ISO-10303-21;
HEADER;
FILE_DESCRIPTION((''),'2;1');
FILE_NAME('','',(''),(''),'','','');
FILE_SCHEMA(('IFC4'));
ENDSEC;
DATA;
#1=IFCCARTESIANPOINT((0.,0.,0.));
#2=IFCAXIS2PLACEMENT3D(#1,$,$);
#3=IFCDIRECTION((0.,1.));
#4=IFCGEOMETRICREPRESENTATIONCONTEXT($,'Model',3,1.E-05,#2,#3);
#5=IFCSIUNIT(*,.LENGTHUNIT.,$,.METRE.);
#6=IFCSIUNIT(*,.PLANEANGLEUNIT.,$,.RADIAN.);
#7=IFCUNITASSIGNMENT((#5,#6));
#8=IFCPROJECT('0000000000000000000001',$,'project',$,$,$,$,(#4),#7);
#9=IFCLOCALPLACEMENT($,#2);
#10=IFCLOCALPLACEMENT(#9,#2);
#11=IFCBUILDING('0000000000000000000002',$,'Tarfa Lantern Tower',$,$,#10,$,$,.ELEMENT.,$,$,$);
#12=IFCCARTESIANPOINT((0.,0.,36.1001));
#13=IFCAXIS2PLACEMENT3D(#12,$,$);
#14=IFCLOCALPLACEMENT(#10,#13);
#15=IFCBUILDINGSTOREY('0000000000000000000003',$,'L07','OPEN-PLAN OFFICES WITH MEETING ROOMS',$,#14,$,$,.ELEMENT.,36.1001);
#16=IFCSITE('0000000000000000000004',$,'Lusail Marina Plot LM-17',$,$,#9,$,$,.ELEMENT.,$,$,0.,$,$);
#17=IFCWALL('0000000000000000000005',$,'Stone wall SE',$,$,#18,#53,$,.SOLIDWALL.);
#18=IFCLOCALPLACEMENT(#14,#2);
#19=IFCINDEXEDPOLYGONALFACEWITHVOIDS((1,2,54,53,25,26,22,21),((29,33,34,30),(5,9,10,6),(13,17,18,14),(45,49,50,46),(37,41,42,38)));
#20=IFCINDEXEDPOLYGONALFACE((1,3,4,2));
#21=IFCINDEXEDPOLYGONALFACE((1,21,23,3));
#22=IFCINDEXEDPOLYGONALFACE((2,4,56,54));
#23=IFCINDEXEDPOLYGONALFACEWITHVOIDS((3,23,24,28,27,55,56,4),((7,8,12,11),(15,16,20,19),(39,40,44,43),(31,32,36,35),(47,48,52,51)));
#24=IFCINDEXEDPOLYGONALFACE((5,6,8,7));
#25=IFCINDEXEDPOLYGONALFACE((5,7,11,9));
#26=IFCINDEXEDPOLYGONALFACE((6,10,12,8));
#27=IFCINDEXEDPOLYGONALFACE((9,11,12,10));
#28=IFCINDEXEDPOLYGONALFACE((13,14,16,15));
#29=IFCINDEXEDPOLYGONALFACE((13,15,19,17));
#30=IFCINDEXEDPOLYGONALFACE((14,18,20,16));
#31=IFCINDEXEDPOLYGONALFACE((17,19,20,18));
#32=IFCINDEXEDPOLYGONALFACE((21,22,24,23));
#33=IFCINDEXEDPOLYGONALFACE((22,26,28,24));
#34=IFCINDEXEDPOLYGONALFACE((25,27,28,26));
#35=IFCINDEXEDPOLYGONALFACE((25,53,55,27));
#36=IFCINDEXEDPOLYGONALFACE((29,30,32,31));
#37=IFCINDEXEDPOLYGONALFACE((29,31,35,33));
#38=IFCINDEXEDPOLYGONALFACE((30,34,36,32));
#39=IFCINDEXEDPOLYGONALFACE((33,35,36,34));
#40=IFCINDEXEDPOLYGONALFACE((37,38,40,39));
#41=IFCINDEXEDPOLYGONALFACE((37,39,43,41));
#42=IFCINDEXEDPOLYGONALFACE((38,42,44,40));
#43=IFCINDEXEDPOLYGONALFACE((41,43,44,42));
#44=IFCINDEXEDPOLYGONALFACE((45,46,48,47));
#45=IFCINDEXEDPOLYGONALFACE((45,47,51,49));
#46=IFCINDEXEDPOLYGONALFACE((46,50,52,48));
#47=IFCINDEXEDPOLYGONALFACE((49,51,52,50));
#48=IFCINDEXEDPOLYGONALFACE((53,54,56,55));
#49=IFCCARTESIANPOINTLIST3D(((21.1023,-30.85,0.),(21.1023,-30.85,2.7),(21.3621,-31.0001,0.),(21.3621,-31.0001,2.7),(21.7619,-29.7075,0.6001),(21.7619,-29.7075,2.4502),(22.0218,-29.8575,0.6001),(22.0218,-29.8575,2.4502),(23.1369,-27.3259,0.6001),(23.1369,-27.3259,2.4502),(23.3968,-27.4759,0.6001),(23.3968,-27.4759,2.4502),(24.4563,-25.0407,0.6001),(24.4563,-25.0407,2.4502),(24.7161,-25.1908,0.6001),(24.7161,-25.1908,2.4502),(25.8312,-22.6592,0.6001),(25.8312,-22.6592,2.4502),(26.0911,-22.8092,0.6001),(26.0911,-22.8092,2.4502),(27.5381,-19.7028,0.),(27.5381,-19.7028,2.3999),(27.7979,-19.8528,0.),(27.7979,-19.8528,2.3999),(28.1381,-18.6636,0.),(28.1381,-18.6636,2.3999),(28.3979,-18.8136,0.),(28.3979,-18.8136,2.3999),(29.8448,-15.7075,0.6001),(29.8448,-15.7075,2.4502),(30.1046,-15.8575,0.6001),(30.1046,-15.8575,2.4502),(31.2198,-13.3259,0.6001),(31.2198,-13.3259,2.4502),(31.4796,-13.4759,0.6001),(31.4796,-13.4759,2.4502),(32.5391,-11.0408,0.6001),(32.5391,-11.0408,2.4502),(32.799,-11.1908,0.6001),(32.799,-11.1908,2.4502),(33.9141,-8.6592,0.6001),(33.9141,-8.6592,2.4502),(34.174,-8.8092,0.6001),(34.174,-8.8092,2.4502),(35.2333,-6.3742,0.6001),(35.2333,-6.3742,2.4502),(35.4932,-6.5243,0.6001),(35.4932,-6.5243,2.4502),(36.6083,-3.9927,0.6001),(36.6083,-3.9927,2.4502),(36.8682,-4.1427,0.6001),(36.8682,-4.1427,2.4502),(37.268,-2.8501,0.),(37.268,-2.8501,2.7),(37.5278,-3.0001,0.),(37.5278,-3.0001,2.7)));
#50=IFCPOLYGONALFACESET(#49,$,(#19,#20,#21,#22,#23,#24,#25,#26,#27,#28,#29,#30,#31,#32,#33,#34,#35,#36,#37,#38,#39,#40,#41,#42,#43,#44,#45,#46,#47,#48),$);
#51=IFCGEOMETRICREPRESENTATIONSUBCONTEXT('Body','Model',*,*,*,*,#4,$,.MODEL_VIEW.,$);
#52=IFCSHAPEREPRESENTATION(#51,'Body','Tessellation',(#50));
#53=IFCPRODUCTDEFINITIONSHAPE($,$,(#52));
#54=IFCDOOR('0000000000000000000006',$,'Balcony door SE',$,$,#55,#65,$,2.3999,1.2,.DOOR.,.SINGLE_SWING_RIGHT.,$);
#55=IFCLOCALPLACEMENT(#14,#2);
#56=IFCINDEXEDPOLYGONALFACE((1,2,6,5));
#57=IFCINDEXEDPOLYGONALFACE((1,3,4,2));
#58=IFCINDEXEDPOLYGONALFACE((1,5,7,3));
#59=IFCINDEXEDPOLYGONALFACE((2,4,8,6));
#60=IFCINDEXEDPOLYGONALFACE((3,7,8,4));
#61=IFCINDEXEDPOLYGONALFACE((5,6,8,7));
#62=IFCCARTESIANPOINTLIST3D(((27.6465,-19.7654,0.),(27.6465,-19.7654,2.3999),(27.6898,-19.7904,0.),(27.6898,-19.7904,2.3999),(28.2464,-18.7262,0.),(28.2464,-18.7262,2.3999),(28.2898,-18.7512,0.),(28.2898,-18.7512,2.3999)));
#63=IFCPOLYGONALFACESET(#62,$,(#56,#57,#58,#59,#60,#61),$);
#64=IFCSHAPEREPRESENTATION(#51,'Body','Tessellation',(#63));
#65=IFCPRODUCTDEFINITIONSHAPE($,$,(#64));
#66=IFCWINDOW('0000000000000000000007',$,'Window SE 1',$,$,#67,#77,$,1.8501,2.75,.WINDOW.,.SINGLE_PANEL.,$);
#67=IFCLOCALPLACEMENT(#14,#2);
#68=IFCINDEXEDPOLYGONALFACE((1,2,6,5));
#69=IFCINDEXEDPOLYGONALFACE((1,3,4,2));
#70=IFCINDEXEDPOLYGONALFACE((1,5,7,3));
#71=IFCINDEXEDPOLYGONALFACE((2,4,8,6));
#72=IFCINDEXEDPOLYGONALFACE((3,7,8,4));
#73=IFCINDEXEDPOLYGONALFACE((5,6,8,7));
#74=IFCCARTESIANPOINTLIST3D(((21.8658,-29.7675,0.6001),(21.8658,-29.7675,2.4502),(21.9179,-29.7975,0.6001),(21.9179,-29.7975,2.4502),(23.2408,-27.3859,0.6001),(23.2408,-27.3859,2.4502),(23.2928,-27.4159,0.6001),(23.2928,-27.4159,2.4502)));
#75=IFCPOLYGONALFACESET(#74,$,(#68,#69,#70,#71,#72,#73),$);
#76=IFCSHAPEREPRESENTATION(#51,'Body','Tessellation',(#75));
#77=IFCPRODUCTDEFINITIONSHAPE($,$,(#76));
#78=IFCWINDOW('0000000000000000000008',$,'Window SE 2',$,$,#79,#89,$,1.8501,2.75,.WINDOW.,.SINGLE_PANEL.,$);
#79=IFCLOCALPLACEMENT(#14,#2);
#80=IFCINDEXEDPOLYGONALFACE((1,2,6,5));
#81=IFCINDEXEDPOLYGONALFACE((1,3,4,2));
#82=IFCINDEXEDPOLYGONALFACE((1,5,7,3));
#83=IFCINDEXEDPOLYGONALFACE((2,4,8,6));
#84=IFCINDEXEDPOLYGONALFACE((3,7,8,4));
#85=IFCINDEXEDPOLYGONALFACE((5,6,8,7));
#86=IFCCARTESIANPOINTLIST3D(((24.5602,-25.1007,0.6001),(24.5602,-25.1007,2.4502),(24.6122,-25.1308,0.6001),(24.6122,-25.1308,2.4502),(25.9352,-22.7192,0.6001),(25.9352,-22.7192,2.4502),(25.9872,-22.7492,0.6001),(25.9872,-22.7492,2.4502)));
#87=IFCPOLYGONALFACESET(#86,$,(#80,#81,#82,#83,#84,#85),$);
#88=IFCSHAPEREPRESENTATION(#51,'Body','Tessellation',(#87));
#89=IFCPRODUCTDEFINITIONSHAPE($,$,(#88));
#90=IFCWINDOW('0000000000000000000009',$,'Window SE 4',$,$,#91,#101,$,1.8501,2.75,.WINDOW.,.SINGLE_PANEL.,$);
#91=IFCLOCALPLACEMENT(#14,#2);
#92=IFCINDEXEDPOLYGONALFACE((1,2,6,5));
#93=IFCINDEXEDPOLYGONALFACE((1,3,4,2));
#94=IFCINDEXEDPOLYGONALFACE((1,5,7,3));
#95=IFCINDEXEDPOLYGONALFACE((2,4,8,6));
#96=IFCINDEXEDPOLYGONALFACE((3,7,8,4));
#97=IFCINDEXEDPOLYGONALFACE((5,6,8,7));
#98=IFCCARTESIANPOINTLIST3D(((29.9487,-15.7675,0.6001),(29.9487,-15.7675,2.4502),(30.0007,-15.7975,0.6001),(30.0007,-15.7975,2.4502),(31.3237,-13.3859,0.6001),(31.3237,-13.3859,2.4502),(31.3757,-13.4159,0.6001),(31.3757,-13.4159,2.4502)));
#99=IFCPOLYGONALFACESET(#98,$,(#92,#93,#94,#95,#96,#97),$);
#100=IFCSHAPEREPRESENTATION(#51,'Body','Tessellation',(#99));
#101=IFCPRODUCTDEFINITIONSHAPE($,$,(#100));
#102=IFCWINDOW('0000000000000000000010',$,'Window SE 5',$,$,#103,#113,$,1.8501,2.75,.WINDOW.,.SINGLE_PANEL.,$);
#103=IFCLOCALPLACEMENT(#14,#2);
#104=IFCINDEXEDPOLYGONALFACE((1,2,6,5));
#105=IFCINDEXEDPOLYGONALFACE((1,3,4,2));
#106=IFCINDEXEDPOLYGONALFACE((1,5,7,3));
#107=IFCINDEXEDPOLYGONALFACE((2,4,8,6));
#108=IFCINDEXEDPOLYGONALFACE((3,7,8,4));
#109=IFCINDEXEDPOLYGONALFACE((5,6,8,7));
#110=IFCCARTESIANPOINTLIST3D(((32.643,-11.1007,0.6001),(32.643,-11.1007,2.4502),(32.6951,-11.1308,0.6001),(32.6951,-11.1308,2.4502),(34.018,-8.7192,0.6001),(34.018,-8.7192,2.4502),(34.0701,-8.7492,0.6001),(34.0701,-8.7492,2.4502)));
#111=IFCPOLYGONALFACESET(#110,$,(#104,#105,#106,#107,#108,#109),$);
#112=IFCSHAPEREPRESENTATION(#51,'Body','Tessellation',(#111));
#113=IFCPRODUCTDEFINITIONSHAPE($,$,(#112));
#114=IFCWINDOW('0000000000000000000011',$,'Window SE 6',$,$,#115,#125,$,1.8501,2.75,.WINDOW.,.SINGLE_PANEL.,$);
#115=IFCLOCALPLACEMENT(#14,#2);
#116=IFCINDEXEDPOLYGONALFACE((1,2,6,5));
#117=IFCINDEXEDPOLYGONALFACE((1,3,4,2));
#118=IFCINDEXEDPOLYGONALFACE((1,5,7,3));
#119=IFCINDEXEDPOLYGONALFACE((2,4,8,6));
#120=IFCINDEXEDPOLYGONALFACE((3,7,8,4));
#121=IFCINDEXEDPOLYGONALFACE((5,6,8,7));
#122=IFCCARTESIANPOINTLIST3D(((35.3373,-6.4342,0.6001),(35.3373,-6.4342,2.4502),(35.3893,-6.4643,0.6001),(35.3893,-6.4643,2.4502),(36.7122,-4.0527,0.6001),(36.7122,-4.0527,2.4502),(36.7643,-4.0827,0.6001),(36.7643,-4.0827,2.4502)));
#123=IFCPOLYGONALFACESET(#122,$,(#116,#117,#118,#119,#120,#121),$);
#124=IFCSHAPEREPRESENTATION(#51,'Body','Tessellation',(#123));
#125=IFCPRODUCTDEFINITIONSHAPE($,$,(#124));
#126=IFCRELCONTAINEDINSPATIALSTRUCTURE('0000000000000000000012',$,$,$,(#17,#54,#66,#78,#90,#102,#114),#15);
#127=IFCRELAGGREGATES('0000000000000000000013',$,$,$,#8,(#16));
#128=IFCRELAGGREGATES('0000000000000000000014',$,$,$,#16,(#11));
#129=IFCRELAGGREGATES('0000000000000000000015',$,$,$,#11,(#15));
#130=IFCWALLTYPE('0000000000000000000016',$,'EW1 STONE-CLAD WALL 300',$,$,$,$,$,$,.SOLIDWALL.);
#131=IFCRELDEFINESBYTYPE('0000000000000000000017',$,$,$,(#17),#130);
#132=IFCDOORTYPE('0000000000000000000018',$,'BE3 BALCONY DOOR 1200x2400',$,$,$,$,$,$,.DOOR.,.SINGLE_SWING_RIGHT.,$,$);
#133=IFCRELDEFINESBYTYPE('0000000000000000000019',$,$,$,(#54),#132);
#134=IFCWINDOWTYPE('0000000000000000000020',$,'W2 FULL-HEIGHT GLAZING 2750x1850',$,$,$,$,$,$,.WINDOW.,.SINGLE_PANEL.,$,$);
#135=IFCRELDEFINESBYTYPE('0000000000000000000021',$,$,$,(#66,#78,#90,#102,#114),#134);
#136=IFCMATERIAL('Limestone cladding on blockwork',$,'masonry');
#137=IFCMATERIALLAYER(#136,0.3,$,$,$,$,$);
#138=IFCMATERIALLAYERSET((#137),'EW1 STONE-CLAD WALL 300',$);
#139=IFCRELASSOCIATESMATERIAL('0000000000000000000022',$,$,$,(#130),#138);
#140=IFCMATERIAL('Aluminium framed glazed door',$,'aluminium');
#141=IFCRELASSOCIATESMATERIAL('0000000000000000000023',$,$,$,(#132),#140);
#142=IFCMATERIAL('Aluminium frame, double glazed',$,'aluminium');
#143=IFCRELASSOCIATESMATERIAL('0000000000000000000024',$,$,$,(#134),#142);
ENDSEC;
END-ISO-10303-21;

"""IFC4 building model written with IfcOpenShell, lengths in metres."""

from ifc_helpers import new_model, si_unit, direction, frame, frame_2d, origin, place, context, subcontext, project, spatial, rectangle, extrude, material, layer, layer_set, type_object, element, fill, save


model = new_model("IFC4")

# Units and contexts
model_context = context("Model", 3, precision=1e-05, world=origin(), true_north=direction((0.0, 1.0)))
body_context = subcontext(model_context, "Body", "Model", "MODEL_VIEW")
ifc_project = project(units=[si_unit("LENGTHUNIT", "METRE"), si_unit("PLANEANGLEUNIT", "RADIAN")], contexts=[model_context])

# Site, building, storey
site_placement = place(None, origin())
site = spatial("IfcSite", under=ifc_project, at=site_placement, Name="Lusail Marina Plot LM-17", CompositionType="ELEMENT", RefElevation=0.0)
building_placement = place(site_placement, origin())
building = spatial("IfcBuilding", under=site, at=building_placement, Name="Tarfa Lantern Tower", CompositionType="ELEMENT")
storey_placement = place(building_placement, frame((0.0, 0.0, 36.1001)))
storey = spatial("IfcBuildingStorey", under=building, at=storey_placement, Name="L07", Description="OPEN-PLAN OFFICES WITH MEETING ROOMS", CompositionType="ELEMENT", Elevation=36.1001)

# Wall, openings, door, windows
ifc_material_1 = material(Name="Limestone cladding on blockwork", Category="masonry")
ifc_layer_1 = layer(ifc_material_1, 0.3)
ifc_layer_set_1 = layer_set([ifc_layer_1], Name="EW1 STONE-CLAD WALL 300")
wall_type_1 = type_object("IfcWallType", Name="EW1 STONE-CLAD WALL 300", PredefinedType="SOLIDWALL", material=ifc_layer_set_1)
wall_1_placement = place(storey_placement, frame((21.2322, -30.925, 0.0), z_axis=(0.0, 0.0, 1.0), x_axis=(0.499999, 0.866026, 0.0)))
wall_1 = element("IfcWall", 1, at=wall_1_placement, inside=storey, type_object=wall_type_1, Name="Stone wall SE", PredefinedType="SOLIDWALL", context=body_context, shape_type="SweptSolid", body=[
    extrude(rectangle(XDim=32.3315, YDim=0.3, at=frame_2d((16.1658, 0.0))), origin(), (0.0, 0.0, 1.0), 2.7),
])
opening_1_placement = place(wall_1_placement, frame((1.3193, 0.0, 0.6001)))
opening_1 = element("IfcOpeningElement", 2, at=opening_1_placement, cuts=wall_1, PredefinedType="OPENING", context=body_context, shape_type="SweptSolid", body=[
    extrude(rectangle(XDim=2.75, YDim=1.8501, at=frame_2d((1.375, 0.925))), frame((0.0, 0.1599, 0.0), z_axis=(0.0, -1.0, 0.0), x_axis=(1.0, 0.0, 0.0)), (0.0, 0.0, 1.0), 0.3201),
])
opening_2_placement = place(wall_1_placement, frame((6.708, 0.0, 0.6001)))
opening_2 = element("IfcOpeningElement", 3, at=opening_2_placement, cuts=wall_1, PredefinedType="OPENING", context=body_context, shape_type="SweptSolid", body=[
    extrude(rectangle(XDim=2.75, YDim=1.8501, at=frame_2d((1.375, 0.925))), frame((0.0, 0.1599, 0.0), z_axis=(0.0, -1.0, 0.0), x_axis=(1.0, 0.0, 0.0)), (0.0, 0.0, 1.0), 0.3201),
])
opening_3_placement = place(wall_1_placement, frame((12.8716, 0.0, 0.0)))
opening_3 = element("IfcOpeningElement", 4, at=opening_3_placement, cuts=wall_1, PredefinedType="OPENING", context=body_context, shape_type="SweptSolid", body=[
    extrude(rectangle(XDim=1.2, YDim=2.3999, at=frame_2d((0.6001, 1.2))), frame((0.0, 0.1599, 0.0), z_axis=(0.0, -1.0, 0.0), x_axis=(1.0, 0.0, 0.0)), (0.0, 0.0, 1.0), 0.3201),
])
opening_4_placement = place(wall_1_placement, frame((17.4851, 0.0, 0.6001)))
opening_4 = element("IfcOpeningElement", 5, at=opening_4_placement, cuts=wall_1, PredefinedType="OPENING", context=body_context, shape_type="SweptSolid", body=[
    extrude(rectangle(XDim=2.75, YDim=1.8501, at=frame_2d((1.375, 0.925))), frame((0.0, 0.1599, 0.0), z_axis=(0.0, -1.0, 0.0), x_axis=(1.0, 0.0, 0.0)), (0.0, 0.0, 1.0), 0.3201),
])
opening_5_placement = place(wall_1_placement, frame((22.8738, 0.0, 0.6001)))
opening_5 = element("IfcOpeningElement", 6, at=opening_5_placement, cuts=wall_1, PredefinedType="OPENING", context=body_context, shape_type="SweptSolid", body=[
    extrude(rectangle(XDim=2.75, YDim=1.8501, at=frame_2d((1.375, 0.925))), frame((0.0, 0.1599, 0.0), z_axis=(0.0, -1.0, 0.0), x_axis=(1.0, 0.0, 0.0)), (0.0, 0.0, 1.0), 0.3201),
])
opening_6_placement = place(wall_1_placement, frame((28.2622, 0.0, 0.6001)))
opening_6 = element("IfcOpeningElement", 7, at=opening_6_placement, cuts=wall_1, PredefinedType="OPENING", context=body_context, shape_type="SweptSolid", body=[
    extrude(rectangle(XDim=2.75, YDim=1.8501, at=frame_2d((1.375, 0.925))), frame((0.0, 0.1599, 0.0), z_axis=(0.0, -1.0, 0.0), x_axis=(1.0, 0.0, 0.0)), (0.0, 0.0, 1.0), 0.3201),
])
ifc_material_2 = material(Name="Aluminium framed glazed door", Category="aluminium")
door_type_1 = type_object("IfcDoorType", Name="BE3 BALCONY DOOR 1200x2400", OperationType="SINGLE_SWING_RIGHT", PredefinedType="DOOR", material=ifc_material_2)
door_1_placement = place(opening_3_placement, origin())
door_1 = element("IfcDoor", 8, at=door_1_placement, inside=storey, type_object=door_type_1, Name="Balcony door SE", OperationType="SINGLE_SWING_RIGHT", OverallHeight=2.3999, OverallWidth=1.2, PredefinedType="DOOR", context=body_context, shape_type="SweptSolid", body=[
    extrude(rectangle(XDim=1.2, YDim=2.3999, at=frame_2d((0.6001, 1.2))), frame((0.0, 0.0249, 0.0), z_axis=(0.0, -1.0, 0.0), x_axis=(1.0, 0.0, 0.0)), (0.0, 0.0, 1.0), 0.05),
])
fill(opening_3, door_1)
ifc_material_3 = material(Name="Aluminium frame, double glazed", Category="aluminium")
window_type = type_object("IfcWindowType", Name="W2 FULL-HEIGHT GLAZING 2750x1850", PartitioningType="SINGLE_PANEL", PredefinedType="WINDOW", material=ifc_material_3)
window_1_placement = place(opening_1_placement, origin())
window_1 = element("IfcWindow", 9, at=window_1_placement, inside=storey, type_object=window_type, Name="Window SE 1", OverallHeight=1.8501, OverallWidth=2.75, PartitioningType="SINGLE_PANEL", PredefinedType="WINDOW", context=body_context, shape_type="SweptSolid", body=[
    extrude(rectangle(XDim=2.75, YDim=1.8501, at=frame_2d((1.375, 0.925))), frame((0.0, 0.03, 0.0), z_axis=(0.0, -1.0, 0.0), x_axis=(1.0, 0.0, 0.0)), (0.0, 0.0, 1.0), 0.0601),
])
fill(opening_1, window_1)
window_2_placement = place(opening_2_placement, origin())
window_2 = element("IfcWindow", 10, at=window_2_placement, inside=storey, type_object=window_type, Name="Window SE 2", OverallHeight=1.8501, OverallWidth=2.75, PartitioningType="SINGLE_PANEL", PredefinedType="WINDOW", context=body_context, shape_type="SweptSolid", body=[
    extrude(rectangle(XDim=2.75, YDim=1.8501, at=frame_2d((1.375, 0.925))), frame((0.0, 0.03, 0.0), z_axis=(0.0, -1.0, 0.0), x_axis=(1.0, 0.0, 0.0)), (0.0, 0.0, 1.0), 0.0601),
])
fill(opening_2, window_2)
window_3_placement = place(opening_4_placement, origin())
window_3 = element("IfcWindow", 11, at=window_3_placement, inside=storey, type_object=window_type, Name="Window SE 4", OverallHeight=1.8501, OverallWidth=2.75, PartitioningType="SINGLE_PANEL", PredefinedType="WINDOW", context=body_context, shape_type="SweptSolid", body=[
    extrude(rectangle(XDim=2.75, YDim=1.8501, at=frame_2d((1.375, 0.925))), frame((0.0, 0.03, 0.0), z_axis=(0.0, -1.0, 0.0), x_axis=(1.0, 0.0, 0.0)), (0.0, 0.0, 1.0), 0.0601),
])
fill(opening_4, window_3)
window_4_placement = place(opening_5_placement, origin())
window_4 = element("IfcWindow", 12, at=window_4_placement, inside=storey, type_object=window_type, Name="Window SE 5", OverallHeight=1.8501, OverallWidth=2.75, PartitioningType="SINGLE_PANEL", PredefinedType="WINDOW", context=body_context, shape_type="SweptSolid", body=[
    extrude(rectangle(XDim=2.75, YDim=1.8501, at=frame_2d((1.375, 0.925))), frame((0.0, 0.03, 0.0), z_axis=(0.0, -1.0, 0.0), x_axis=(1.0, 0.0, 0.0)), (0.0, 0.0, 1.0), 0.0601),
])
fill(opening_5, window_4)
window_5_placement = place(opening_6_placement, origin())
window_5 = element("IfcWindow", 13, at=window_5_placement, inside=storey, type_object=window_type, Name="Window SE 6", OverallHeight=1.8501, OverallWidth=2.75, PartitioningType="SINGLE_PANEL", PredefinedType="WINDOW", context=body_context, shape_type="SweptSolid", body=[
    extrude(rectangle(XDim=2.75, YDim=1.8501, at=frame_2d((1.375, 0.925))), frame((0.0, 0.03, 0.0), z_axis=(0.0, -1.0, 0.0), x_axis=(1.0, 0.0, 0.0)), (0.0, 0.0, 1.0), 0.0601),
])
fill(opening_6, window_5)

save(model, "model.ifc")
